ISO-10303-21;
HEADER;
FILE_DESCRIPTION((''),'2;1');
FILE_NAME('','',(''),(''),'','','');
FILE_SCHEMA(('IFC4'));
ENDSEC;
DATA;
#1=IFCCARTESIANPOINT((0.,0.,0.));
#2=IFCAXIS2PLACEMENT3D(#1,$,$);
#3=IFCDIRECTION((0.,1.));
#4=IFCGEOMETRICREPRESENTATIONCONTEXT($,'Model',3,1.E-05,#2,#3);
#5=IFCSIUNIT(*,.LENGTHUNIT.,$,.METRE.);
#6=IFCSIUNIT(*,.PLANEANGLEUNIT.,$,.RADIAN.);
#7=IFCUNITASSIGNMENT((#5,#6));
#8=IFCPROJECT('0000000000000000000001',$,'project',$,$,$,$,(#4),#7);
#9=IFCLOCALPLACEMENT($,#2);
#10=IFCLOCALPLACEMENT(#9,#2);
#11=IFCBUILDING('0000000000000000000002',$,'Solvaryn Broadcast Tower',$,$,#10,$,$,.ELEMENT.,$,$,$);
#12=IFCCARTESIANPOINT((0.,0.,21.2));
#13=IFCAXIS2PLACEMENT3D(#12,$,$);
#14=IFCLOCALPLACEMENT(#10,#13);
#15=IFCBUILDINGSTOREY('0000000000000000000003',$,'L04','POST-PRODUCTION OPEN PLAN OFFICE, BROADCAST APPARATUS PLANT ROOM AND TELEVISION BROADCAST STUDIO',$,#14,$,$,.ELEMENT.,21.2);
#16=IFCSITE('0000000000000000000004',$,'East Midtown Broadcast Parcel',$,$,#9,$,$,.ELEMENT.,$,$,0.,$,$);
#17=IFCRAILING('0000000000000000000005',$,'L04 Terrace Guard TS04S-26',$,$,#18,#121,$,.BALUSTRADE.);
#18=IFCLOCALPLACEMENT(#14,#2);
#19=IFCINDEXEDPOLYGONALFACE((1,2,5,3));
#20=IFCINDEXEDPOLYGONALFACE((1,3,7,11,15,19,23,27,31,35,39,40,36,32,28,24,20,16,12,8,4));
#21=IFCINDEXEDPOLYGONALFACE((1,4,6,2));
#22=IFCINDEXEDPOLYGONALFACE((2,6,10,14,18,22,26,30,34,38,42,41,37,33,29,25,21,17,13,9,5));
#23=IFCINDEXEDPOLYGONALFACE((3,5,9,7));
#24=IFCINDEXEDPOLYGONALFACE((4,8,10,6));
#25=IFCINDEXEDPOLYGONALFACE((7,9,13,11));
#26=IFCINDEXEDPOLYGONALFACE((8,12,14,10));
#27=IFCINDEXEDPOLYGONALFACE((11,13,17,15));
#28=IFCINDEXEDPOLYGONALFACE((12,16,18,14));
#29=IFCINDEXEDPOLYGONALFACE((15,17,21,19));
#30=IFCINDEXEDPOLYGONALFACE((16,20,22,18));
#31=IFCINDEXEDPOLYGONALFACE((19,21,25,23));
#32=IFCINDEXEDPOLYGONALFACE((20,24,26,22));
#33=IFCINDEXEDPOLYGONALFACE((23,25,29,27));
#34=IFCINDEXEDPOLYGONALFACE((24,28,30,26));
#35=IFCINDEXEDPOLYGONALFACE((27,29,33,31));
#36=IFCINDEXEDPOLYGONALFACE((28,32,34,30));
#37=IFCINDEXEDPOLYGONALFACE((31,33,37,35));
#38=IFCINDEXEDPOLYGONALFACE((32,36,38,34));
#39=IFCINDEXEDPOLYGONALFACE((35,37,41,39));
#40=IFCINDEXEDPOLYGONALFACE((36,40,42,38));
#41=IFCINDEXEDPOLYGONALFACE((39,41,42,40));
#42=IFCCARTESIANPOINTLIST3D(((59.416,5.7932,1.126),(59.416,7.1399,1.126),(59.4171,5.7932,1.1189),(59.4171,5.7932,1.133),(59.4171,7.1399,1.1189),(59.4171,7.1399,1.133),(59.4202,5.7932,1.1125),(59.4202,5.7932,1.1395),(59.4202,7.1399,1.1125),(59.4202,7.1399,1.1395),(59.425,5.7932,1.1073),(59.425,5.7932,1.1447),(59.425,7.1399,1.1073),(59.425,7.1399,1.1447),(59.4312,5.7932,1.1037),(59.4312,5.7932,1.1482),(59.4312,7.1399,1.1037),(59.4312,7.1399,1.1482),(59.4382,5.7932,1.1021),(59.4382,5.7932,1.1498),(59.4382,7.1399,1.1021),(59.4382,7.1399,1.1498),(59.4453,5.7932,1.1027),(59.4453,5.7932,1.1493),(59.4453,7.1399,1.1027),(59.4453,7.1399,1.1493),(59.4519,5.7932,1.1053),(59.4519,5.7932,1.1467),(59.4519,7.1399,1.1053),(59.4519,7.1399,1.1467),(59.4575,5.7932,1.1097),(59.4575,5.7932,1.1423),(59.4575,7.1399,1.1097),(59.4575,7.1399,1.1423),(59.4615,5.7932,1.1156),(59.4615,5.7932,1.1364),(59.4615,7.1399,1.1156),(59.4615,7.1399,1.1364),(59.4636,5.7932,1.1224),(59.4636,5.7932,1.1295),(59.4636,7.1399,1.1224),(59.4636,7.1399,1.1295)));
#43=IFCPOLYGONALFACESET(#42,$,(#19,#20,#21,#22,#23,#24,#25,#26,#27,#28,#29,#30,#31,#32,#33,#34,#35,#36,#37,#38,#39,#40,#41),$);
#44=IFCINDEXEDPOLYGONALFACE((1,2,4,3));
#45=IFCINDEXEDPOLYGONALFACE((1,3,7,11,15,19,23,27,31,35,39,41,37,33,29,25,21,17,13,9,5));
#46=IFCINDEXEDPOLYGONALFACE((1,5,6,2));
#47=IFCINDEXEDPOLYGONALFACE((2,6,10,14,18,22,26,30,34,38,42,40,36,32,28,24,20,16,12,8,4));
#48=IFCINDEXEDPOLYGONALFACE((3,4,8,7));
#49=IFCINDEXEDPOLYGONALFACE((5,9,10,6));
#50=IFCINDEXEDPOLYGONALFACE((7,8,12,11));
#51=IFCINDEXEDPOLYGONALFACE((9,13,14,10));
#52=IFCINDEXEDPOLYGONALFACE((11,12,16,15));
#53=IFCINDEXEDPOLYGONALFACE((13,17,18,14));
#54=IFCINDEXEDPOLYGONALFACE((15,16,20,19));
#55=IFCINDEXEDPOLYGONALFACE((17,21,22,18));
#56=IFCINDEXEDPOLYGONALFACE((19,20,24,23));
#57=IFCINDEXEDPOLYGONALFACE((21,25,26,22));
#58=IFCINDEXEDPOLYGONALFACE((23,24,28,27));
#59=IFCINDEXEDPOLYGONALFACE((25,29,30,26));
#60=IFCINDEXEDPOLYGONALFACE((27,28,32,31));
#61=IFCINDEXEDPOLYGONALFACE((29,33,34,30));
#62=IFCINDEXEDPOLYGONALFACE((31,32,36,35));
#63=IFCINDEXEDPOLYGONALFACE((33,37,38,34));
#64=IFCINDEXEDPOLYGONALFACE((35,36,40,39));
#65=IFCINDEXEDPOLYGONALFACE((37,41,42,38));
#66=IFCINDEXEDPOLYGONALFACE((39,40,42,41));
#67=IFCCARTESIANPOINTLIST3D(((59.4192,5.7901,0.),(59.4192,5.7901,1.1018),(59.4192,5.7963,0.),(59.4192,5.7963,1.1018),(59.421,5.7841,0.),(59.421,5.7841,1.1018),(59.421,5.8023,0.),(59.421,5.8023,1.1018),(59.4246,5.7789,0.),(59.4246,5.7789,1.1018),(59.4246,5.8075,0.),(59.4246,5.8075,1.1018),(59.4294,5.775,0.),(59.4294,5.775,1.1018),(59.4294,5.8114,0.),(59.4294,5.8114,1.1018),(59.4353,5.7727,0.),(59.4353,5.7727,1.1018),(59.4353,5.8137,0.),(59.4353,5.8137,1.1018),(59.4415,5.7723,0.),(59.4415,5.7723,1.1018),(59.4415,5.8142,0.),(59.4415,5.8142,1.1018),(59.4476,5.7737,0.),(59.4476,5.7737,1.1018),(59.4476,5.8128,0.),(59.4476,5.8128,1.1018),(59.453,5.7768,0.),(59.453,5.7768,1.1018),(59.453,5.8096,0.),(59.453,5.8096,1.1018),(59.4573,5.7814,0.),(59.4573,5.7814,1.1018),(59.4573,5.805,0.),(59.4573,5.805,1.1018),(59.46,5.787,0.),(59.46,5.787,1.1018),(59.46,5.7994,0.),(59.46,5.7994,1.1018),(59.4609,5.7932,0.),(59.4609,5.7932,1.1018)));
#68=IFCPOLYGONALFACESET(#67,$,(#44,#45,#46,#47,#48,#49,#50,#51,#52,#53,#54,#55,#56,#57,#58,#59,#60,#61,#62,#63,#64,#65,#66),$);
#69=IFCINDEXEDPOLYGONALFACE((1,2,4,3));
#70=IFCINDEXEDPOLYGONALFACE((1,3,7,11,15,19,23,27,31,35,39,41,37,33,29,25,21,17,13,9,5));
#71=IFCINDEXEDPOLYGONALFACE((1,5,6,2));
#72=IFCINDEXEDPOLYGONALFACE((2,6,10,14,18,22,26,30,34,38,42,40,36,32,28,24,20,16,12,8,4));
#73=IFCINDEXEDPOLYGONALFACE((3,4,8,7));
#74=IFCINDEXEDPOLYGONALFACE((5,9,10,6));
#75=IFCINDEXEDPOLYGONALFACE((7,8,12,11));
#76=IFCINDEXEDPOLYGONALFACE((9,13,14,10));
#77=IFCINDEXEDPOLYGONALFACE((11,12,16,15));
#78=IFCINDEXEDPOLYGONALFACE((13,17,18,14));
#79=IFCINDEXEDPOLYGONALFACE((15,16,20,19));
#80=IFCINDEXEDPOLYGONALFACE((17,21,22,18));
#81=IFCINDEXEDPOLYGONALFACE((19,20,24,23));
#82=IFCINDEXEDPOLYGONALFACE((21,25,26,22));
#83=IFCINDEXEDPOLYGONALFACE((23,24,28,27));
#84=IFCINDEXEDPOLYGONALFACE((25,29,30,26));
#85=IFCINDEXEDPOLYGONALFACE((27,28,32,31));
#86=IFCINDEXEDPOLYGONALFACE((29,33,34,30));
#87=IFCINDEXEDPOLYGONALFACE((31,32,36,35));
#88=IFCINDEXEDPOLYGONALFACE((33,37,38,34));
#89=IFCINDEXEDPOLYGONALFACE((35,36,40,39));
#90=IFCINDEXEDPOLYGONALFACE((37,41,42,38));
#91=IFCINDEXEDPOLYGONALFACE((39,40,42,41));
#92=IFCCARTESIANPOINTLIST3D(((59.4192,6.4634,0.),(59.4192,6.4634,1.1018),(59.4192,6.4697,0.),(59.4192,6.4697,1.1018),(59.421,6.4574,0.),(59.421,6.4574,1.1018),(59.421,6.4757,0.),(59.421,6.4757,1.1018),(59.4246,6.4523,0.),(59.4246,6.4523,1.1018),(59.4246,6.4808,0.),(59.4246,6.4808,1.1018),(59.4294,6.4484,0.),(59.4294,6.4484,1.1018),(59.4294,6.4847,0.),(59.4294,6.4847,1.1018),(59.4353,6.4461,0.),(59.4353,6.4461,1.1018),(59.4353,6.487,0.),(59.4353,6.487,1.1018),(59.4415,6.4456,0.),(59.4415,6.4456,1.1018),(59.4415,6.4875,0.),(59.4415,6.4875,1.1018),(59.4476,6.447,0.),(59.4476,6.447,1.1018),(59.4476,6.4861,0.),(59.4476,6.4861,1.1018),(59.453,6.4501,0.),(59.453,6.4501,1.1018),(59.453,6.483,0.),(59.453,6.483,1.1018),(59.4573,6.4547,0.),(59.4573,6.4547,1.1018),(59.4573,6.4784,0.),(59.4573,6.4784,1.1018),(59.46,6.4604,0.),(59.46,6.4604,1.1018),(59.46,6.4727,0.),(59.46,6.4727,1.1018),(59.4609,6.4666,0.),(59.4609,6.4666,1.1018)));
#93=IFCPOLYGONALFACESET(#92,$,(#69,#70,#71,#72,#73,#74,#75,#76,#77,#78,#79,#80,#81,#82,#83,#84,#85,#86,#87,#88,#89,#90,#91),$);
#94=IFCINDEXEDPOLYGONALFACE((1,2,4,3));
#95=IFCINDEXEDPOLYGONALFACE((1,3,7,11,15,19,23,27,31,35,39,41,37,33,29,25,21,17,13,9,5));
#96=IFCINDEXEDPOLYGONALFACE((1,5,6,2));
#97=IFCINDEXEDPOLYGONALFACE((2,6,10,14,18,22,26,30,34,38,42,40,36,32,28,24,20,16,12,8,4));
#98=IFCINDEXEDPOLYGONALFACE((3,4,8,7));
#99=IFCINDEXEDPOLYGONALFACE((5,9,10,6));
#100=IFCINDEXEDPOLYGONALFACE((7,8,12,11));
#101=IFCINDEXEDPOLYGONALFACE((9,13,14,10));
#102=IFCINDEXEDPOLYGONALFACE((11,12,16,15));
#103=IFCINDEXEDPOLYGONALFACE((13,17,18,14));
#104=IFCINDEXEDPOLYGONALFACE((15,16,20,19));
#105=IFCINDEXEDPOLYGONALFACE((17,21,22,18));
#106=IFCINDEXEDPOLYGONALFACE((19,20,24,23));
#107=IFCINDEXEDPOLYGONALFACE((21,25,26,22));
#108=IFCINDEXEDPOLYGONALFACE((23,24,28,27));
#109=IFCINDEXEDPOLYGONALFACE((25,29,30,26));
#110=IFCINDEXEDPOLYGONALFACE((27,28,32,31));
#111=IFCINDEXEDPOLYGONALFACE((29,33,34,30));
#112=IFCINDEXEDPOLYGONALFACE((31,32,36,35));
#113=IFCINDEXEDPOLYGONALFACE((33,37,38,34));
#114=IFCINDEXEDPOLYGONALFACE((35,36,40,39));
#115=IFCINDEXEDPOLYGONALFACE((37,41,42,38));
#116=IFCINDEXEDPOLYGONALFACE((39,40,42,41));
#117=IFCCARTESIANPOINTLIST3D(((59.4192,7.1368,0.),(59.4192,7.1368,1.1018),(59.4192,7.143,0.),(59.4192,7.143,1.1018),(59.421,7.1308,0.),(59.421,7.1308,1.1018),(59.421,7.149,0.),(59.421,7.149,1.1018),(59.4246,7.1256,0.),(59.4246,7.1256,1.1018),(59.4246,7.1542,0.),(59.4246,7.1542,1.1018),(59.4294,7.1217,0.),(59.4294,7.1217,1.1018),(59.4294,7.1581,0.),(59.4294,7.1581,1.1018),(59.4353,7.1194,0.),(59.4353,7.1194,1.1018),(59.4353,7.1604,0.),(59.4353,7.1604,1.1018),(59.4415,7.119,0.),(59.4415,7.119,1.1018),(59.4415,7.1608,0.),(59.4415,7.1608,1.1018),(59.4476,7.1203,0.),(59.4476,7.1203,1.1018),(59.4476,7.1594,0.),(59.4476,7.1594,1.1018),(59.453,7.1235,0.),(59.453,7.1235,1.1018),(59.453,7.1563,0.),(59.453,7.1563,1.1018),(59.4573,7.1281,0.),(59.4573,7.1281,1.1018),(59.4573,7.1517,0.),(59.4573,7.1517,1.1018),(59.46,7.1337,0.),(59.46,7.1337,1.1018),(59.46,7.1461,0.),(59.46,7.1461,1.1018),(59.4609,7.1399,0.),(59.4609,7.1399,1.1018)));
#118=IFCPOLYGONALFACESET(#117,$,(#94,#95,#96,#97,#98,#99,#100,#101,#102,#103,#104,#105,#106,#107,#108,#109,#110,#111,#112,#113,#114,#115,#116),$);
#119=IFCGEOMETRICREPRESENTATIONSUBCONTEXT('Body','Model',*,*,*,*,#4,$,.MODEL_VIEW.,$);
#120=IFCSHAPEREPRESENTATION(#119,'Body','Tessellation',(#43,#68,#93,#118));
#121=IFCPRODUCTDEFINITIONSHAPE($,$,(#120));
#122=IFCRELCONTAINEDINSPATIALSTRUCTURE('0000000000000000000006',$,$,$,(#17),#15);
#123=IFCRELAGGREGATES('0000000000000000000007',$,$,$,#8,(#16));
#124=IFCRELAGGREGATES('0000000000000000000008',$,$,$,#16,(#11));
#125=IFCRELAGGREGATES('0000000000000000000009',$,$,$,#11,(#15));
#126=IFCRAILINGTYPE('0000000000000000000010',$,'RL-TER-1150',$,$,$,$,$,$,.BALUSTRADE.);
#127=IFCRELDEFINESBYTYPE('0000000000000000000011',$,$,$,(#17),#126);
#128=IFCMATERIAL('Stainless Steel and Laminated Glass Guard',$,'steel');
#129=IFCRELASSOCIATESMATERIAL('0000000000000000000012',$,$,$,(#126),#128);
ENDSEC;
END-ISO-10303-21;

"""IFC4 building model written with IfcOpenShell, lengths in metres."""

from ifc_helpers import new_model, si_unit, direction, frame, origin, origin_2d, place, context, subcontext, project, spatial, circle, extrude, material, type_object, element, save


model = new_model("IFC4")

# Units and contexts
model_context = context("Model", 3, precision=1e-05, world=origin(), true_north=direction((0.0, 1.0)))
body_context = subcontext(model_context, "Body", "Model", "MODEL_VIEW")
ifc_project = project(units=[si_unit("LENGTHUNIT", "METRE"), si_unit("PLANEANGLEUNIT", "RADIAN")], contexts=[model_context])

# Site, building, storey
site_placement = place(None, origin())
site = spatial("IfcSite", under=ifc_project, at=site_placement, Name="East Midtown Broadcast Parcel", CompositionType="ELEMENT", RefElevation=0.0)
building_placement = place(site_placement, origin())
building = spatial("IfcBuilding", under=site, at=building_placement, Name="Solvaryn Broadcast Tower", CompositionType="ELEMENT")
storey_placement = place(building_placement, frame((0.0, 0.0, 21.2)))
storey = spatial("IfcBuildingStorey", under=building, at=storey_placement, Name="L04", Description="POST-PRODUCTION OPEN PLAN OFFICE, BROADCAST APPARATUS PLANT ROOM AND TELEVISION BROADCAST STUDIO", CompositionType="ELEMENT", Elevation=21.2)

# Railing
ifc_material_1 = material(Name="Stainless Steel and Laminated Glass Guard", Category="steel")
railing_type = type_object("IfcRailingType", Name="RL-TER-1150", PredefinedType="BALUSTRADE", material=ifc_material_1)
railing_1_placement = place(storey_placement, frame((59.4399, 5.7932, 0.0)))
element("IfcRailing", 1, at=railing_1_placement, inside=storey, type_object=railing_type, Name="L04 Terrace Guard TS04S-26", PredefinedType="BALUSTRADE", context=body_context, shape_type="SweptSolid", body=[
    extrude(circle(Radius=0.0239, at=origin_2d()), frame((0.0, 0.0, 1.126), z_axis=(0.0, 1.0, 0.0), x_axis=(-1.0, 0.0, 0.0)), (0.0, 0.0, 1.0), 1.3467),
    extrude(circle(Radius=0.021, at=origin_2d()), origin(), (0.0, 0.0, 1.0), 1.1018),
    extrude(circle(Radius=0.021, at=origin_2d()), frame((0.0, 0.6733, 0.0)), (0.0, 0.0, 1.0), 1.1018),
    extrude(circle(Radius=0.021, at=origin_2d()), frame((0.0, 1.3467, 0.0)), (0.0, 0.0, 1.0), 1.1018),
])

save(model, "model.ifc")
